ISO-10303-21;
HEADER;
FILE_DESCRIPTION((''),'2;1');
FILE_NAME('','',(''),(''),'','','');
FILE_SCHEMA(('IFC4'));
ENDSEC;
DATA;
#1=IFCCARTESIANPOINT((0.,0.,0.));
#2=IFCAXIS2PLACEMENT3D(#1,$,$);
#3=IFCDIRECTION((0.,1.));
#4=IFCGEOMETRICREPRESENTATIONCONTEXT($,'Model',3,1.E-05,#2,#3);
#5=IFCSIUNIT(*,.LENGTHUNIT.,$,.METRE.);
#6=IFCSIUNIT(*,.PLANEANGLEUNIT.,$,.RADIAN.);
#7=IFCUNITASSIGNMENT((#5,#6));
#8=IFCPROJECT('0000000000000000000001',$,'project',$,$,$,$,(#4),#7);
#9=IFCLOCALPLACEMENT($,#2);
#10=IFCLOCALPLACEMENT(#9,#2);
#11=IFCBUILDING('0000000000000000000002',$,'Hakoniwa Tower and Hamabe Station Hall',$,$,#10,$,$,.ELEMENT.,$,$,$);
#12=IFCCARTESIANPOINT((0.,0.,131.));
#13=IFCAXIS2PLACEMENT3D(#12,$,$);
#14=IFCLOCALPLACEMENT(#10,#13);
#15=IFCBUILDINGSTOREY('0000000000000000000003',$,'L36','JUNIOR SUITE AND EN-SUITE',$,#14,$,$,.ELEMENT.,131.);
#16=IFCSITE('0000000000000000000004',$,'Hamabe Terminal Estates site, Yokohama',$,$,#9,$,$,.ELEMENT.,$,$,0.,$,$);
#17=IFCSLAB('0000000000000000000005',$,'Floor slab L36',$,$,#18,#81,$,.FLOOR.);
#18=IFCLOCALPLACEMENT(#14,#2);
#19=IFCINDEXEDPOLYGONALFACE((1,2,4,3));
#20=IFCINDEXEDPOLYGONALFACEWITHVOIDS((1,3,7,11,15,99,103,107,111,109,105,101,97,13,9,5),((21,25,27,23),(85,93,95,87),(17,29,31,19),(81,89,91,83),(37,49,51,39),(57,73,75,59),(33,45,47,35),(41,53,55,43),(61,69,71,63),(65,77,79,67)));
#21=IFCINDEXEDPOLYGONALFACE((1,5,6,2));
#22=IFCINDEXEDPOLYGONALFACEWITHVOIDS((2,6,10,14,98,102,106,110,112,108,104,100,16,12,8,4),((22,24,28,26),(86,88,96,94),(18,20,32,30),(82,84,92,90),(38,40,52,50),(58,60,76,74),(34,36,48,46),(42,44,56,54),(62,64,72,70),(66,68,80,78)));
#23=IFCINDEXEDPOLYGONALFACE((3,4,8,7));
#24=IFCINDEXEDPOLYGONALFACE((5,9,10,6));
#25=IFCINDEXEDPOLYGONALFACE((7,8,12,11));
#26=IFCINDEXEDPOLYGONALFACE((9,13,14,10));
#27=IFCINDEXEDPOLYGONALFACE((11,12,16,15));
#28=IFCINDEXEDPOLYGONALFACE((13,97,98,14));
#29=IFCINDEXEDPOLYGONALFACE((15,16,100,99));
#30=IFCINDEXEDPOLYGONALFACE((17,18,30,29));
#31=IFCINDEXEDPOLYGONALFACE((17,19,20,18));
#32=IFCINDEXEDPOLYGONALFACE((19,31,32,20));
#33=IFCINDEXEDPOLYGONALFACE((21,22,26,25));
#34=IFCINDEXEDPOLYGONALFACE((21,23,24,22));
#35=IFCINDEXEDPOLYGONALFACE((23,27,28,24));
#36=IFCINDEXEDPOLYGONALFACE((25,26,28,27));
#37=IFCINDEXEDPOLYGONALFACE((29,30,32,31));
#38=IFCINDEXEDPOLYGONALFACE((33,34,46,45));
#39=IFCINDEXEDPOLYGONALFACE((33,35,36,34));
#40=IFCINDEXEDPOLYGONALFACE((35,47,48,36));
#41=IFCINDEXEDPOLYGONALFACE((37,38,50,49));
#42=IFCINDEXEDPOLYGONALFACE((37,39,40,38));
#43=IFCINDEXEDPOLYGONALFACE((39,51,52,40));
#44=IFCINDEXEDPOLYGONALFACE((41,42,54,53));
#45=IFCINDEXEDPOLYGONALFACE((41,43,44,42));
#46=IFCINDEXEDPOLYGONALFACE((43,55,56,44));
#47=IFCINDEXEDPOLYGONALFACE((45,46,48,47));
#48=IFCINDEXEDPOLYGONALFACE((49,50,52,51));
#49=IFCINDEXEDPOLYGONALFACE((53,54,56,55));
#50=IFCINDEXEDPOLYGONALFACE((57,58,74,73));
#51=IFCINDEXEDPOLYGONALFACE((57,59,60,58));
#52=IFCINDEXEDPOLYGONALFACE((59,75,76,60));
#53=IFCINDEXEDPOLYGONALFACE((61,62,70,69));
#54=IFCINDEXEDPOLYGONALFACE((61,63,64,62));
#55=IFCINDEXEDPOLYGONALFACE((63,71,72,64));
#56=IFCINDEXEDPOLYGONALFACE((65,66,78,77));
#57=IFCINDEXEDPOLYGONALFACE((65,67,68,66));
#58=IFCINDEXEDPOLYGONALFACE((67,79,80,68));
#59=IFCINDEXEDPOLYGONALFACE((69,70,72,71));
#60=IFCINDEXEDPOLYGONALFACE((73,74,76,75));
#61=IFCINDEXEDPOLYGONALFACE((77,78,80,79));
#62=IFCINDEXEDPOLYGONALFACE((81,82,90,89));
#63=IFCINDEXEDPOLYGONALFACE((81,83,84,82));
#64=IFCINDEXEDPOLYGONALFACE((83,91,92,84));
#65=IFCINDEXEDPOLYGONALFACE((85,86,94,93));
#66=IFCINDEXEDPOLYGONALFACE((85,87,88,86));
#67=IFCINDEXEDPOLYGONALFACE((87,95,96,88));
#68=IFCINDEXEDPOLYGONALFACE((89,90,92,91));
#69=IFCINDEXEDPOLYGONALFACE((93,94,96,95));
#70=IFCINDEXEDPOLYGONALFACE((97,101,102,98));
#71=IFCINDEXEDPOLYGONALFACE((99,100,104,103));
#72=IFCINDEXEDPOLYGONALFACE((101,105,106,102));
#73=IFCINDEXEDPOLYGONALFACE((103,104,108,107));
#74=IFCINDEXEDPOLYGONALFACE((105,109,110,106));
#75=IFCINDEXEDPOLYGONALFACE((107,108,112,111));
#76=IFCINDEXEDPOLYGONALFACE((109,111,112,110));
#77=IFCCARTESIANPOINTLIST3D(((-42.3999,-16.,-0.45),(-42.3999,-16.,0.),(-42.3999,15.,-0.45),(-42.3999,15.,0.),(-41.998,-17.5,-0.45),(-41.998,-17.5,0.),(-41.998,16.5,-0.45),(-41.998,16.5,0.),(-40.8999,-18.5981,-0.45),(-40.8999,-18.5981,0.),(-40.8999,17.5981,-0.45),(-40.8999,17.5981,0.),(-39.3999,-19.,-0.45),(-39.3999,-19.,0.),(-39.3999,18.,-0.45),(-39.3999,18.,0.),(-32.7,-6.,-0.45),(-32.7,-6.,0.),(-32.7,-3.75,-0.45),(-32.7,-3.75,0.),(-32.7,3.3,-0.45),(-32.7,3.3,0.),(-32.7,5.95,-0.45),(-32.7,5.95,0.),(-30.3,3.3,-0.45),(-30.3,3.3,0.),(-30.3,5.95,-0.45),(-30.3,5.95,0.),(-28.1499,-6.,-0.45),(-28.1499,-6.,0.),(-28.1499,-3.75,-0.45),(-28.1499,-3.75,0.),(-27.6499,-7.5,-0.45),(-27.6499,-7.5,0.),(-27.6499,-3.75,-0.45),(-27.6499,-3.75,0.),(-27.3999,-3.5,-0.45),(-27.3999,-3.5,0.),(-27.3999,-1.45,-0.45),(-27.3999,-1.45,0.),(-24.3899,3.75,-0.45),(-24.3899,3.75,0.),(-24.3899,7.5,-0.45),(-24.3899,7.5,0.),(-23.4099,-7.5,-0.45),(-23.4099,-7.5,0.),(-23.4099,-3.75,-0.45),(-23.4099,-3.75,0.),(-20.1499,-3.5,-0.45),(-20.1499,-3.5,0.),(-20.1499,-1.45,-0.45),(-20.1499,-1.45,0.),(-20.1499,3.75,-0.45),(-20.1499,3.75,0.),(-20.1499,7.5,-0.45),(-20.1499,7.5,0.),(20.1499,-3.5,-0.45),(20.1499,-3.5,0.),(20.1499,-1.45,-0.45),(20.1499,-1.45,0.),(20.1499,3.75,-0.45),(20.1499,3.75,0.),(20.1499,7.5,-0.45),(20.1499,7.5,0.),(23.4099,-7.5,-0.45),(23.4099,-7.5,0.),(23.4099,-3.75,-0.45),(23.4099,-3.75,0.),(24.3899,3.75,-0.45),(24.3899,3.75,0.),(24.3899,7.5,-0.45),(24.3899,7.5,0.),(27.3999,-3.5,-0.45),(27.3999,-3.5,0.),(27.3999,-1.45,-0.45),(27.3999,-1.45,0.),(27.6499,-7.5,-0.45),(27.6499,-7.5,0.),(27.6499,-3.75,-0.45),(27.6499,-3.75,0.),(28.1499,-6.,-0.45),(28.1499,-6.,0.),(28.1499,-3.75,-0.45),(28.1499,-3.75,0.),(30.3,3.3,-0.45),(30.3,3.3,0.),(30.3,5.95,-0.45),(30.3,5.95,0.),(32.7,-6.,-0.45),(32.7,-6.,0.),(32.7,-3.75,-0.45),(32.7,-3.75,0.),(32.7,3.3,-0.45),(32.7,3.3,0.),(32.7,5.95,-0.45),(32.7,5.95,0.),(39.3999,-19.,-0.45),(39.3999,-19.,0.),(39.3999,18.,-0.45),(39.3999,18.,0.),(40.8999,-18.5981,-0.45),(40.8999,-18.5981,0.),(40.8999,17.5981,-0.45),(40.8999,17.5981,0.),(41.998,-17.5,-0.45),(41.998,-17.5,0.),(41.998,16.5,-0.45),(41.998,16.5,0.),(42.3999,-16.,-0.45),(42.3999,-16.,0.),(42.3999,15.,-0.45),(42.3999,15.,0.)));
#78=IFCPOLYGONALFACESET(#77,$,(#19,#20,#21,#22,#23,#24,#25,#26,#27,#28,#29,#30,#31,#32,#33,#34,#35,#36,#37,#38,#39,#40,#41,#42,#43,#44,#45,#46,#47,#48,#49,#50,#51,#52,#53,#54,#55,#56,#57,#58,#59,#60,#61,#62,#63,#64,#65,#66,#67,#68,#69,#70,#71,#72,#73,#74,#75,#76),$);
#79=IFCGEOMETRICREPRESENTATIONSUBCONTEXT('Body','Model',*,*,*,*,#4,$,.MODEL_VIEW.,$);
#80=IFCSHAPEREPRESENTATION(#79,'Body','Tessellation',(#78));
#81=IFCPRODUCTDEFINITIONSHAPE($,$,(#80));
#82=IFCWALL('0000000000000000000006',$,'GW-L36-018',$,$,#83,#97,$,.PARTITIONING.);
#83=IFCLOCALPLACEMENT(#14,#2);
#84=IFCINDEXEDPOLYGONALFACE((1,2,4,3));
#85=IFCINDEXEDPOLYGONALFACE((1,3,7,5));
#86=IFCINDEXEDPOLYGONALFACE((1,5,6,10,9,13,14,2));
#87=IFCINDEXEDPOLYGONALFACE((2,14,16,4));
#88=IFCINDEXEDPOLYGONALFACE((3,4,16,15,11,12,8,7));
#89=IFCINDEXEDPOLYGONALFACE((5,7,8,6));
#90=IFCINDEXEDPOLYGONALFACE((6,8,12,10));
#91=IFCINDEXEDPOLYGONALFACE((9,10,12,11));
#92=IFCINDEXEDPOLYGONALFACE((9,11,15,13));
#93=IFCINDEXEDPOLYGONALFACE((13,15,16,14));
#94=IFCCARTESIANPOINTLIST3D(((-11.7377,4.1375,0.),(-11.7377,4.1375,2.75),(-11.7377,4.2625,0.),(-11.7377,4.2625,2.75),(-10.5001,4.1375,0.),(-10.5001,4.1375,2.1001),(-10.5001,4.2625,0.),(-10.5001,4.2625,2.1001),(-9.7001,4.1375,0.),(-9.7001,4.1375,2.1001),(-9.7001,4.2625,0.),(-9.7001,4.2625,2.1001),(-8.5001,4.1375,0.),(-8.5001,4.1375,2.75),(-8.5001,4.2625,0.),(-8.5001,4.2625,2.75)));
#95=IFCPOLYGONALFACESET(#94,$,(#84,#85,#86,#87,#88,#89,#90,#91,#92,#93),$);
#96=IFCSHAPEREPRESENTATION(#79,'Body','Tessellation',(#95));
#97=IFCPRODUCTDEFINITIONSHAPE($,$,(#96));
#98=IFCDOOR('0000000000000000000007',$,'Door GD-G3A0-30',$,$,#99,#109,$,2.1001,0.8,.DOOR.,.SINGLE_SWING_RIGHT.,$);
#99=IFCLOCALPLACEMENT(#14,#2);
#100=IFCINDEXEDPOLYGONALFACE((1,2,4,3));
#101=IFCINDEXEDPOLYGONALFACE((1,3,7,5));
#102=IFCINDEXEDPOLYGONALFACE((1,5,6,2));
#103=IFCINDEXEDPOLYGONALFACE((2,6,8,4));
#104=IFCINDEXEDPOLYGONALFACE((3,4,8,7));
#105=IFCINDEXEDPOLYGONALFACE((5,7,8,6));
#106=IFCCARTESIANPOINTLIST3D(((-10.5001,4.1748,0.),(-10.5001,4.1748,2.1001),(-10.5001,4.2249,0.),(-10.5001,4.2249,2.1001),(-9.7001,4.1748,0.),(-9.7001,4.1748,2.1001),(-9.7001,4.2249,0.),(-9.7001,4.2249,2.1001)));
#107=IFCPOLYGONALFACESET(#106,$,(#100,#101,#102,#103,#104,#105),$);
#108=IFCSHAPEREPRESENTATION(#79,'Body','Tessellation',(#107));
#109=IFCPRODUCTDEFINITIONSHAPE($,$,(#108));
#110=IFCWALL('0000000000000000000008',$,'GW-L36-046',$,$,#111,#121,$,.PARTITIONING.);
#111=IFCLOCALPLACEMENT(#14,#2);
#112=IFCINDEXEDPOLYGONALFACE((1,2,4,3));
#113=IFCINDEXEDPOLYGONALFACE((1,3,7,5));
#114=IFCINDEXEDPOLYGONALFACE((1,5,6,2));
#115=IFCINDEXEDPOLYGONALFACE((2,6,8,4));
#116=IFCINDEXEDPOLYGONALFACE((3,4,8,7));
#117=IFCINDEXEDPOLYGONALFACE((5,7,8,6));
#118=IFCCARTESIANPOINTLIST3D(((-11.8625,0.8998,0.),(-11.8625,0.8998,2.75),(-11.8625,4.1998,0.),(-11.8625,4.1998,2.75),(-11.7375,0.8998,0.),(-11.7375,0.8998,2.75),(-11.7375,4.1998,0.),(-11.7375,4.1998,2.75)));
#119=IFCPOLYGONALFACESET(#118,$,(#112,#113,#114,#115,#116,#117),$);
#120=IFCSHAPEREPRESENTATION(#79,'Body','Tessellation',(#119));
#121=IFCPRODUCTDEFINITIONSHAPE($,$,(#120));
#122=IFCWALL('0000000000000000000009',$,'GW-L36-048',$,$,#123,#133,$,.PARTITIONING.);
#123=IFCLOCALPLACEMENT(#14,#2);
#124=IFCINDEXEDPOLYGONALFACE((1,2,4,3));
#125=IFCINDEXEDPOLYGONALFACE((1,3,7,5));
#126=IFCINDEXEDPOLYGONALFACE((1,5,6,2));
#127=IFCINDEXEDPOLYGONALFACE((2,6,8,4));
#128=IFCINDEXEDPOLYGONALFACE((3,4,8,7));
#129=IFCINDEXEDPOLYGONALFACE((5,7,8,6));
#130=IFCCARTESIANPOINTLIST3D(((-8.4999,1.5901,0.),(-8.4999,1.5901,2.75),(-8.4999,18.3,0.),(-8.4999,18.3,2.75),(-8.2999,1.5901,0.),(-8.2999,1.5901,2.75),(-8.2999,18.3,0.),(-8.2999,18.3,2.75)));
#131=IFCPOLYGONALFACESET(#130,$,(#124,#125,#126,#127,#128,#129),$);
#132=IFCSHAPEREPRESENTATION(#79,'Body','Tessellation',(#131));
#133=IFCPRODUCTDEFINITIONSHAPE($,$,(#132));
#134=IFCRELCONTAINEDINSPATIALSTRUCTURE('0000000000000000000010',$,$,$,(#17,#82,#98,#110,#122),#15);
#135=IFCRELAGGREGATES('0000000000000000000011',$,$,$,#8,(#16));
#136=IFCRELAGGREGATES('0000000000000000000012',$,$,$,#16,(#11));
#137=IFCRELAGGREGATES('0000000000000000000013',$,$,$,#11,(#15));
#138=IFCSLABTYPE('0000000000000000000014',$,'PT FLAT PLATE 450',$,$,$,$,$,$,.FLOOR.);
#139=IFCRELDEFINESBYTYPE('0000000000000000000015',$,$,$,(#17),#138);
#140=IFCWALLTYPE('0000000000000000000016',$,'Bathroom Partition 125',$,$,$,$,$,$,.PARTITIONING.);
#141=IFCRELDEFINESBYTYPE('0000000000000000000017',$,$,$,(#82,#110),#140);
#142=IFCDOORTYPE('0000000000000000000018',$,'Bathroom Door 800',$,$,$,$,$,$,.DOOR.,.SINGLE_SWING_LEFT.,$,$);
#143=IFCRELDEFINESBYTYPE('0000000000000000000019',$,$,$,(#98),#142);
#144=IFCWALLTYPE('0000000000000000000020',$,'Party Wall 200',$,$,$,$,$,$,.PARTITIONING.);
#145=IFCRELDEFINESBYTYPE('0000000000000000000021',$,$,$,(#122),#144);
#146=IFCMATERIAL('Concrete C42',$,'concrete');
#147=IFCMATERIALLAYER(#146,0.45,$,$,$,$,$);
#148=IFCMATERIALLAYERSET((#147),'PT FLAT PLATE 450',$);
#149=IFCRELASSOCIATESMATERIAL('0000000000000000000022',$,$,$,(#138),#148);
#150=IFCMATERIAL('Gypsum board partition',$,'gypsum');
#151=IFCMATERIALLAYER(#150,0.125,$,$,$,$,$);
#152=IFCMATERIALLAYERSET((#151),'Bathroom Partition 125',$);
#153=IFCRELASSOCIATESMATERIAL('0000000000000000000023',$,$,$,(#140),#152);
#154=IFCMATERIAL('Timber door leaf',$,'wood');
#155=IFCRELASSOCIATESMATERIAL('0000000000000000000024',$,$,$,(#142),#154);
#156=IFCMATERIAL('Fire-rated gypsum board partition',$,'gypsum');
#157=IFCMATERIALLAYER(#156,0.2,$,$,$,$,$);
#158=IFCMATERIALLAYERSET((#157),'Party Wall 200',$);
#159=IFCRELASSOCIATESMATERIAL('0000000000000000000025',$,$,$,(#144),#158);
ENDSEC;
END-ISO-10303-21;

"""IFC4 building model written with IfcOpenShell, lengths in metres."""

from ifc_helpers import new_model, si_unit, direction, frame, frame_2d, origin, place, context, subcontext, project, spatial, polyline, rectangle, outline, extrude, material, layer, layer_set, type_object, element, fill, save


model = new_model("IFC4")

# Units and contexts
model_context = context("Model", 3, precision=1e-05, world=origin(), true_north=direction((0.0, 1.0)))
body_context = subcontext(model_context, "Body", "Model", "MODEL_VIEW")
ifc_project = project(units=[si_unit("LENGTHUNIT", "METRE"), si_unit("PLANEANGLEUNIT", "RADIAN")], contexts=[model_context])

# Site, building, storey
site_placement = place(None, origin())
site = spatial("IfcSite", under=ifc_project, at=site_placement, Name="Hamabe Terminal Estates site, Yokohama", CompositionType="ELEMENT", RefElevation=0.0)
building_placement = place(site_placement, origin())
building = spatial("IfcBuilding", under=site, at=building_placement, Name="Hakoniwa Tower and Hamabe Station Hall", CompositionType="ELEMENT")
storey_placement = place(building_placement, frame((0.0, 0.0, 131.0)))
storey = spatial("IfcBuildingStorey", under=building, at=storey_placement, Name="L36", Description="JUNIOR SUITE AND EN-SUITE", CompositionType="ELEMENT", Elevation=131.0)

# Slab
ifc_material_1 = material(Name="Concrete C42", Category="concrete")
ifc_layer_1 = layer(ifc_material_1, 0.45)
ifc_layer_set_1 = layer_set([ifc_layer_1], Name="PT FLAT PLATE 450")
slab_type = type_object("IfcSlabType", Name="PT FLAT PLATE 450", PredefinedType="FLOOR", material=ifc_layer_set_1)
slab_placement = place(storey_placement, frame((0.0, 0.0, -0.45)))
element("IfcSlab", 1, at=slab_placement, inside=storey, type_object=slab_type, Name="Floor slab L36", PredefinedType="FLOOR", context=body_context, shape_type="SweptSolid", body=[
    extrude(outline(polyline([(42.3999, -16.0), (42.3999, 15.0), (41.998, 16.5), (40.8999, 17.5981), (39.3999, 18.0), (-39.3999, 18.0), (-40.8999, 17.5981), (-41.998, 16.5), (-42.3999, 15.0), (-42.3999, -16.0), (-41.998, -17.5), (-40.8999, -18.5981), (-39.3999, -19.0), (39.3999, -19.0), (40.8999, -18.5981), (41.998, -17.5), (42.3999, -16.0)]), holes=[polyline([(-27.3999, -3.5), (-27.3999, -1.45), (-20.1499, -1.45), (-20.1499, -3.5), (-27.3999, -3.5)]), polyline([(-32.7, 3.3), (-32.7, 5.95), (-30.3, 5.95), (-30.3, 3.3), (-32.7, 3.3)]), polyline([(-32.7, -6.0), (-32.7, -3.75), (-28.1499, -3.75), (-28.1499, -6.0), (-32.7, -6.0)]), polyline([(-24.3899, 3.75), (-24.3899, 7.5), (-20.1499, 7.5), (-20.1499, 3.75), (-24.3899, 3.75)]), polyline([(-27.6499, -7.5), (-27.6499, -3.75), (-23.4099, -3.75), (-23.4099, -7.5), (-27.6499, -7.5)]), polyline([(20.1499, -3.5), (20.1499, -1.45), (27.3999, -1.45), (27.3999, -3.5), (20.1499, -3.5)]), polyline([(30.3, 3.3), (30.3, 5.95), (32.7, 5.95), (32.7, 3.3), (30.3, 3.3)]), polyline([(28.1499, -6.0), (28.1499, -3.75), (32.7, -3.75), (32.7, -6.0), (28.1499, -6.0)]), polyline([(20.1499, 3.75), (20.1499, 7.5), (24.3899, 7.5), (24.3899, 3.75), (20.1499, 3.75)]), polyline([(23.4099, -7.5), (23.4099, -3.75), (27.6499, -3.75), (27.6499, -7.5), (23.4099, -7.5)])]), origin(), (0.0, 0.0, 1.0), 0.45),
])

# Wall, opening, door
ifc_material_2 = material(Name="Gypsum board partition", Category="gypsum")
ifc_layer_2 = layer(ifc_material_2, 0.125)
ifc_layer_set_2 = layer_set([ifc_layer_2], Name="Bathroom Partition 125")
wall_type_1 = type_object("IfcWallType", Name="Bathroom Partition 125", PredefinedType="PARTITIONING", material=ifc_layer_set_2)
wall_1_placement = place(storey_placement, frame((-11.7375, 4.2, 0.0), z_axis=(0.0, 0.0, 1.0), x_axis=(1.0, 0.0, 0.0)))
wall_1 = element("IfcWall", 2, at=wall_1_placement, inside=storey, type_object=wall_type_1, Name="GW-L36-018", PredefinedType="PARTITIONING", context=body_context, shape_type="SweptSolid", body=[
    extrude(rectangle(XDim=3.2375, YDim=0.125, at=frame_2d((1.6187, 0.0))), origin(), (0.0, 0.0, 1.0), 2.75),
])
opening_placement = place(wall_1_placement, frame((1.2375, 0.0, 0.0)))
opening = element("IfcOpeningElement", 3, at=opening_placement, cuts=wall_1, PredefinedType="OPENING", context=body_context, shape_type="SweptSolid", body=[
    extrude(rectangle(XDim=0.8, YDim=2.1001, at=frame_2d((0.3999, 1.05))), frame((0.0, 0.0725, 0.0), z_axis=(0.0, -1.0, 0.0), x_axis=(1.0, 0.0, 0.0)), (0.0, 0.0, 1.0), 0.145),
])
ifc_material_3 = material(Name="Timber door leaf", Category="wood")
door_type = type_object("IfcDoorType", Name="Bathroom Door 800", OperationType="SINGLE_SWING_LEFT", PredefinedType="DOOR", material=ifc_material_3)
door_placement = place(opening_placement, origin())
door = element("IfcDoor", 4, at=door_placement, inside=storey, type_object=door_type, Name="Door GD-G3A0-30", OperationType="SINGLE_SWING_RIGHT", OverallHeight=2.1001, OverallWidth=0.8, PredefinedType="DOOR", context=body_context, shape_type="SweptSolid", body=[
    extrude(rectangle(XDim=0.8, YDim=2.1001, at=frame_2d((0.3999, 1.05))), frame((0.0, 0.0249, 0.0), z_axis=(0.0, -1.0, 0.0), x_axis=(1.0, 0.0, 0.0)), (0.0, 0.0, 1.0), 0.05),
])
fill(opening, door)

# Walls
wall_2_placement = place(storey_placement, frame((-11.8, 0.8999, 0.0), z_axis=(0.0, 0.0, 1.0), x_axis=(0.0, 1.0, 0.0)))
element("IfcWall", 5, at=wall_2_placement, inside=storey, type_object=wall_type_1, Name="GW-L36-046", PredefinedType="PARTITIONING", context=body_context, shape_type="SweptSolid", body=[
    extrude(rectangle(XDim=3.3, YDim=0.125, at=frame_2d((1.6499, 0.0))), origin(), (0.0, 0.0, 1.0), 2.75),
])
ifc_material_4 = material(Name="Fire-rated gypsum board partition", Category="gypsum")
ifc_layer_3 = layer(ifc_material_4, 0.2)
ifc_layer_set_3 = layer_set([ifc_layer_3], Name="Party Wall 200")
wall_type_2 = type_object("IfcWallType", Name="Party Wall 200", PredefinedType="PARTITIONING", material=ifc_layer_set_3)
wall_3_placement = place(storey_placement, frame((-8.3999, 1.5901, 0.0), z_axis=(0.0, 0.0, 1.0), x_axis=(0.0, 1.0, 0.0)))
element("IfcWall", 6, at=wall_3_placement, inside=storey, type_object=wall_type_2, Name="GW-L36-048", PredefinedType="PARTITIONING", context=body_context, shape_type="SweptSolid", body=[
    extrude(rectangle(XDim=16.71, YDim=0.2, at=frame_2d((8.355, 0.0))), origin(), (0.0, 0.0, 1.0), 2.75),
])

save(model, "model.ifc")
